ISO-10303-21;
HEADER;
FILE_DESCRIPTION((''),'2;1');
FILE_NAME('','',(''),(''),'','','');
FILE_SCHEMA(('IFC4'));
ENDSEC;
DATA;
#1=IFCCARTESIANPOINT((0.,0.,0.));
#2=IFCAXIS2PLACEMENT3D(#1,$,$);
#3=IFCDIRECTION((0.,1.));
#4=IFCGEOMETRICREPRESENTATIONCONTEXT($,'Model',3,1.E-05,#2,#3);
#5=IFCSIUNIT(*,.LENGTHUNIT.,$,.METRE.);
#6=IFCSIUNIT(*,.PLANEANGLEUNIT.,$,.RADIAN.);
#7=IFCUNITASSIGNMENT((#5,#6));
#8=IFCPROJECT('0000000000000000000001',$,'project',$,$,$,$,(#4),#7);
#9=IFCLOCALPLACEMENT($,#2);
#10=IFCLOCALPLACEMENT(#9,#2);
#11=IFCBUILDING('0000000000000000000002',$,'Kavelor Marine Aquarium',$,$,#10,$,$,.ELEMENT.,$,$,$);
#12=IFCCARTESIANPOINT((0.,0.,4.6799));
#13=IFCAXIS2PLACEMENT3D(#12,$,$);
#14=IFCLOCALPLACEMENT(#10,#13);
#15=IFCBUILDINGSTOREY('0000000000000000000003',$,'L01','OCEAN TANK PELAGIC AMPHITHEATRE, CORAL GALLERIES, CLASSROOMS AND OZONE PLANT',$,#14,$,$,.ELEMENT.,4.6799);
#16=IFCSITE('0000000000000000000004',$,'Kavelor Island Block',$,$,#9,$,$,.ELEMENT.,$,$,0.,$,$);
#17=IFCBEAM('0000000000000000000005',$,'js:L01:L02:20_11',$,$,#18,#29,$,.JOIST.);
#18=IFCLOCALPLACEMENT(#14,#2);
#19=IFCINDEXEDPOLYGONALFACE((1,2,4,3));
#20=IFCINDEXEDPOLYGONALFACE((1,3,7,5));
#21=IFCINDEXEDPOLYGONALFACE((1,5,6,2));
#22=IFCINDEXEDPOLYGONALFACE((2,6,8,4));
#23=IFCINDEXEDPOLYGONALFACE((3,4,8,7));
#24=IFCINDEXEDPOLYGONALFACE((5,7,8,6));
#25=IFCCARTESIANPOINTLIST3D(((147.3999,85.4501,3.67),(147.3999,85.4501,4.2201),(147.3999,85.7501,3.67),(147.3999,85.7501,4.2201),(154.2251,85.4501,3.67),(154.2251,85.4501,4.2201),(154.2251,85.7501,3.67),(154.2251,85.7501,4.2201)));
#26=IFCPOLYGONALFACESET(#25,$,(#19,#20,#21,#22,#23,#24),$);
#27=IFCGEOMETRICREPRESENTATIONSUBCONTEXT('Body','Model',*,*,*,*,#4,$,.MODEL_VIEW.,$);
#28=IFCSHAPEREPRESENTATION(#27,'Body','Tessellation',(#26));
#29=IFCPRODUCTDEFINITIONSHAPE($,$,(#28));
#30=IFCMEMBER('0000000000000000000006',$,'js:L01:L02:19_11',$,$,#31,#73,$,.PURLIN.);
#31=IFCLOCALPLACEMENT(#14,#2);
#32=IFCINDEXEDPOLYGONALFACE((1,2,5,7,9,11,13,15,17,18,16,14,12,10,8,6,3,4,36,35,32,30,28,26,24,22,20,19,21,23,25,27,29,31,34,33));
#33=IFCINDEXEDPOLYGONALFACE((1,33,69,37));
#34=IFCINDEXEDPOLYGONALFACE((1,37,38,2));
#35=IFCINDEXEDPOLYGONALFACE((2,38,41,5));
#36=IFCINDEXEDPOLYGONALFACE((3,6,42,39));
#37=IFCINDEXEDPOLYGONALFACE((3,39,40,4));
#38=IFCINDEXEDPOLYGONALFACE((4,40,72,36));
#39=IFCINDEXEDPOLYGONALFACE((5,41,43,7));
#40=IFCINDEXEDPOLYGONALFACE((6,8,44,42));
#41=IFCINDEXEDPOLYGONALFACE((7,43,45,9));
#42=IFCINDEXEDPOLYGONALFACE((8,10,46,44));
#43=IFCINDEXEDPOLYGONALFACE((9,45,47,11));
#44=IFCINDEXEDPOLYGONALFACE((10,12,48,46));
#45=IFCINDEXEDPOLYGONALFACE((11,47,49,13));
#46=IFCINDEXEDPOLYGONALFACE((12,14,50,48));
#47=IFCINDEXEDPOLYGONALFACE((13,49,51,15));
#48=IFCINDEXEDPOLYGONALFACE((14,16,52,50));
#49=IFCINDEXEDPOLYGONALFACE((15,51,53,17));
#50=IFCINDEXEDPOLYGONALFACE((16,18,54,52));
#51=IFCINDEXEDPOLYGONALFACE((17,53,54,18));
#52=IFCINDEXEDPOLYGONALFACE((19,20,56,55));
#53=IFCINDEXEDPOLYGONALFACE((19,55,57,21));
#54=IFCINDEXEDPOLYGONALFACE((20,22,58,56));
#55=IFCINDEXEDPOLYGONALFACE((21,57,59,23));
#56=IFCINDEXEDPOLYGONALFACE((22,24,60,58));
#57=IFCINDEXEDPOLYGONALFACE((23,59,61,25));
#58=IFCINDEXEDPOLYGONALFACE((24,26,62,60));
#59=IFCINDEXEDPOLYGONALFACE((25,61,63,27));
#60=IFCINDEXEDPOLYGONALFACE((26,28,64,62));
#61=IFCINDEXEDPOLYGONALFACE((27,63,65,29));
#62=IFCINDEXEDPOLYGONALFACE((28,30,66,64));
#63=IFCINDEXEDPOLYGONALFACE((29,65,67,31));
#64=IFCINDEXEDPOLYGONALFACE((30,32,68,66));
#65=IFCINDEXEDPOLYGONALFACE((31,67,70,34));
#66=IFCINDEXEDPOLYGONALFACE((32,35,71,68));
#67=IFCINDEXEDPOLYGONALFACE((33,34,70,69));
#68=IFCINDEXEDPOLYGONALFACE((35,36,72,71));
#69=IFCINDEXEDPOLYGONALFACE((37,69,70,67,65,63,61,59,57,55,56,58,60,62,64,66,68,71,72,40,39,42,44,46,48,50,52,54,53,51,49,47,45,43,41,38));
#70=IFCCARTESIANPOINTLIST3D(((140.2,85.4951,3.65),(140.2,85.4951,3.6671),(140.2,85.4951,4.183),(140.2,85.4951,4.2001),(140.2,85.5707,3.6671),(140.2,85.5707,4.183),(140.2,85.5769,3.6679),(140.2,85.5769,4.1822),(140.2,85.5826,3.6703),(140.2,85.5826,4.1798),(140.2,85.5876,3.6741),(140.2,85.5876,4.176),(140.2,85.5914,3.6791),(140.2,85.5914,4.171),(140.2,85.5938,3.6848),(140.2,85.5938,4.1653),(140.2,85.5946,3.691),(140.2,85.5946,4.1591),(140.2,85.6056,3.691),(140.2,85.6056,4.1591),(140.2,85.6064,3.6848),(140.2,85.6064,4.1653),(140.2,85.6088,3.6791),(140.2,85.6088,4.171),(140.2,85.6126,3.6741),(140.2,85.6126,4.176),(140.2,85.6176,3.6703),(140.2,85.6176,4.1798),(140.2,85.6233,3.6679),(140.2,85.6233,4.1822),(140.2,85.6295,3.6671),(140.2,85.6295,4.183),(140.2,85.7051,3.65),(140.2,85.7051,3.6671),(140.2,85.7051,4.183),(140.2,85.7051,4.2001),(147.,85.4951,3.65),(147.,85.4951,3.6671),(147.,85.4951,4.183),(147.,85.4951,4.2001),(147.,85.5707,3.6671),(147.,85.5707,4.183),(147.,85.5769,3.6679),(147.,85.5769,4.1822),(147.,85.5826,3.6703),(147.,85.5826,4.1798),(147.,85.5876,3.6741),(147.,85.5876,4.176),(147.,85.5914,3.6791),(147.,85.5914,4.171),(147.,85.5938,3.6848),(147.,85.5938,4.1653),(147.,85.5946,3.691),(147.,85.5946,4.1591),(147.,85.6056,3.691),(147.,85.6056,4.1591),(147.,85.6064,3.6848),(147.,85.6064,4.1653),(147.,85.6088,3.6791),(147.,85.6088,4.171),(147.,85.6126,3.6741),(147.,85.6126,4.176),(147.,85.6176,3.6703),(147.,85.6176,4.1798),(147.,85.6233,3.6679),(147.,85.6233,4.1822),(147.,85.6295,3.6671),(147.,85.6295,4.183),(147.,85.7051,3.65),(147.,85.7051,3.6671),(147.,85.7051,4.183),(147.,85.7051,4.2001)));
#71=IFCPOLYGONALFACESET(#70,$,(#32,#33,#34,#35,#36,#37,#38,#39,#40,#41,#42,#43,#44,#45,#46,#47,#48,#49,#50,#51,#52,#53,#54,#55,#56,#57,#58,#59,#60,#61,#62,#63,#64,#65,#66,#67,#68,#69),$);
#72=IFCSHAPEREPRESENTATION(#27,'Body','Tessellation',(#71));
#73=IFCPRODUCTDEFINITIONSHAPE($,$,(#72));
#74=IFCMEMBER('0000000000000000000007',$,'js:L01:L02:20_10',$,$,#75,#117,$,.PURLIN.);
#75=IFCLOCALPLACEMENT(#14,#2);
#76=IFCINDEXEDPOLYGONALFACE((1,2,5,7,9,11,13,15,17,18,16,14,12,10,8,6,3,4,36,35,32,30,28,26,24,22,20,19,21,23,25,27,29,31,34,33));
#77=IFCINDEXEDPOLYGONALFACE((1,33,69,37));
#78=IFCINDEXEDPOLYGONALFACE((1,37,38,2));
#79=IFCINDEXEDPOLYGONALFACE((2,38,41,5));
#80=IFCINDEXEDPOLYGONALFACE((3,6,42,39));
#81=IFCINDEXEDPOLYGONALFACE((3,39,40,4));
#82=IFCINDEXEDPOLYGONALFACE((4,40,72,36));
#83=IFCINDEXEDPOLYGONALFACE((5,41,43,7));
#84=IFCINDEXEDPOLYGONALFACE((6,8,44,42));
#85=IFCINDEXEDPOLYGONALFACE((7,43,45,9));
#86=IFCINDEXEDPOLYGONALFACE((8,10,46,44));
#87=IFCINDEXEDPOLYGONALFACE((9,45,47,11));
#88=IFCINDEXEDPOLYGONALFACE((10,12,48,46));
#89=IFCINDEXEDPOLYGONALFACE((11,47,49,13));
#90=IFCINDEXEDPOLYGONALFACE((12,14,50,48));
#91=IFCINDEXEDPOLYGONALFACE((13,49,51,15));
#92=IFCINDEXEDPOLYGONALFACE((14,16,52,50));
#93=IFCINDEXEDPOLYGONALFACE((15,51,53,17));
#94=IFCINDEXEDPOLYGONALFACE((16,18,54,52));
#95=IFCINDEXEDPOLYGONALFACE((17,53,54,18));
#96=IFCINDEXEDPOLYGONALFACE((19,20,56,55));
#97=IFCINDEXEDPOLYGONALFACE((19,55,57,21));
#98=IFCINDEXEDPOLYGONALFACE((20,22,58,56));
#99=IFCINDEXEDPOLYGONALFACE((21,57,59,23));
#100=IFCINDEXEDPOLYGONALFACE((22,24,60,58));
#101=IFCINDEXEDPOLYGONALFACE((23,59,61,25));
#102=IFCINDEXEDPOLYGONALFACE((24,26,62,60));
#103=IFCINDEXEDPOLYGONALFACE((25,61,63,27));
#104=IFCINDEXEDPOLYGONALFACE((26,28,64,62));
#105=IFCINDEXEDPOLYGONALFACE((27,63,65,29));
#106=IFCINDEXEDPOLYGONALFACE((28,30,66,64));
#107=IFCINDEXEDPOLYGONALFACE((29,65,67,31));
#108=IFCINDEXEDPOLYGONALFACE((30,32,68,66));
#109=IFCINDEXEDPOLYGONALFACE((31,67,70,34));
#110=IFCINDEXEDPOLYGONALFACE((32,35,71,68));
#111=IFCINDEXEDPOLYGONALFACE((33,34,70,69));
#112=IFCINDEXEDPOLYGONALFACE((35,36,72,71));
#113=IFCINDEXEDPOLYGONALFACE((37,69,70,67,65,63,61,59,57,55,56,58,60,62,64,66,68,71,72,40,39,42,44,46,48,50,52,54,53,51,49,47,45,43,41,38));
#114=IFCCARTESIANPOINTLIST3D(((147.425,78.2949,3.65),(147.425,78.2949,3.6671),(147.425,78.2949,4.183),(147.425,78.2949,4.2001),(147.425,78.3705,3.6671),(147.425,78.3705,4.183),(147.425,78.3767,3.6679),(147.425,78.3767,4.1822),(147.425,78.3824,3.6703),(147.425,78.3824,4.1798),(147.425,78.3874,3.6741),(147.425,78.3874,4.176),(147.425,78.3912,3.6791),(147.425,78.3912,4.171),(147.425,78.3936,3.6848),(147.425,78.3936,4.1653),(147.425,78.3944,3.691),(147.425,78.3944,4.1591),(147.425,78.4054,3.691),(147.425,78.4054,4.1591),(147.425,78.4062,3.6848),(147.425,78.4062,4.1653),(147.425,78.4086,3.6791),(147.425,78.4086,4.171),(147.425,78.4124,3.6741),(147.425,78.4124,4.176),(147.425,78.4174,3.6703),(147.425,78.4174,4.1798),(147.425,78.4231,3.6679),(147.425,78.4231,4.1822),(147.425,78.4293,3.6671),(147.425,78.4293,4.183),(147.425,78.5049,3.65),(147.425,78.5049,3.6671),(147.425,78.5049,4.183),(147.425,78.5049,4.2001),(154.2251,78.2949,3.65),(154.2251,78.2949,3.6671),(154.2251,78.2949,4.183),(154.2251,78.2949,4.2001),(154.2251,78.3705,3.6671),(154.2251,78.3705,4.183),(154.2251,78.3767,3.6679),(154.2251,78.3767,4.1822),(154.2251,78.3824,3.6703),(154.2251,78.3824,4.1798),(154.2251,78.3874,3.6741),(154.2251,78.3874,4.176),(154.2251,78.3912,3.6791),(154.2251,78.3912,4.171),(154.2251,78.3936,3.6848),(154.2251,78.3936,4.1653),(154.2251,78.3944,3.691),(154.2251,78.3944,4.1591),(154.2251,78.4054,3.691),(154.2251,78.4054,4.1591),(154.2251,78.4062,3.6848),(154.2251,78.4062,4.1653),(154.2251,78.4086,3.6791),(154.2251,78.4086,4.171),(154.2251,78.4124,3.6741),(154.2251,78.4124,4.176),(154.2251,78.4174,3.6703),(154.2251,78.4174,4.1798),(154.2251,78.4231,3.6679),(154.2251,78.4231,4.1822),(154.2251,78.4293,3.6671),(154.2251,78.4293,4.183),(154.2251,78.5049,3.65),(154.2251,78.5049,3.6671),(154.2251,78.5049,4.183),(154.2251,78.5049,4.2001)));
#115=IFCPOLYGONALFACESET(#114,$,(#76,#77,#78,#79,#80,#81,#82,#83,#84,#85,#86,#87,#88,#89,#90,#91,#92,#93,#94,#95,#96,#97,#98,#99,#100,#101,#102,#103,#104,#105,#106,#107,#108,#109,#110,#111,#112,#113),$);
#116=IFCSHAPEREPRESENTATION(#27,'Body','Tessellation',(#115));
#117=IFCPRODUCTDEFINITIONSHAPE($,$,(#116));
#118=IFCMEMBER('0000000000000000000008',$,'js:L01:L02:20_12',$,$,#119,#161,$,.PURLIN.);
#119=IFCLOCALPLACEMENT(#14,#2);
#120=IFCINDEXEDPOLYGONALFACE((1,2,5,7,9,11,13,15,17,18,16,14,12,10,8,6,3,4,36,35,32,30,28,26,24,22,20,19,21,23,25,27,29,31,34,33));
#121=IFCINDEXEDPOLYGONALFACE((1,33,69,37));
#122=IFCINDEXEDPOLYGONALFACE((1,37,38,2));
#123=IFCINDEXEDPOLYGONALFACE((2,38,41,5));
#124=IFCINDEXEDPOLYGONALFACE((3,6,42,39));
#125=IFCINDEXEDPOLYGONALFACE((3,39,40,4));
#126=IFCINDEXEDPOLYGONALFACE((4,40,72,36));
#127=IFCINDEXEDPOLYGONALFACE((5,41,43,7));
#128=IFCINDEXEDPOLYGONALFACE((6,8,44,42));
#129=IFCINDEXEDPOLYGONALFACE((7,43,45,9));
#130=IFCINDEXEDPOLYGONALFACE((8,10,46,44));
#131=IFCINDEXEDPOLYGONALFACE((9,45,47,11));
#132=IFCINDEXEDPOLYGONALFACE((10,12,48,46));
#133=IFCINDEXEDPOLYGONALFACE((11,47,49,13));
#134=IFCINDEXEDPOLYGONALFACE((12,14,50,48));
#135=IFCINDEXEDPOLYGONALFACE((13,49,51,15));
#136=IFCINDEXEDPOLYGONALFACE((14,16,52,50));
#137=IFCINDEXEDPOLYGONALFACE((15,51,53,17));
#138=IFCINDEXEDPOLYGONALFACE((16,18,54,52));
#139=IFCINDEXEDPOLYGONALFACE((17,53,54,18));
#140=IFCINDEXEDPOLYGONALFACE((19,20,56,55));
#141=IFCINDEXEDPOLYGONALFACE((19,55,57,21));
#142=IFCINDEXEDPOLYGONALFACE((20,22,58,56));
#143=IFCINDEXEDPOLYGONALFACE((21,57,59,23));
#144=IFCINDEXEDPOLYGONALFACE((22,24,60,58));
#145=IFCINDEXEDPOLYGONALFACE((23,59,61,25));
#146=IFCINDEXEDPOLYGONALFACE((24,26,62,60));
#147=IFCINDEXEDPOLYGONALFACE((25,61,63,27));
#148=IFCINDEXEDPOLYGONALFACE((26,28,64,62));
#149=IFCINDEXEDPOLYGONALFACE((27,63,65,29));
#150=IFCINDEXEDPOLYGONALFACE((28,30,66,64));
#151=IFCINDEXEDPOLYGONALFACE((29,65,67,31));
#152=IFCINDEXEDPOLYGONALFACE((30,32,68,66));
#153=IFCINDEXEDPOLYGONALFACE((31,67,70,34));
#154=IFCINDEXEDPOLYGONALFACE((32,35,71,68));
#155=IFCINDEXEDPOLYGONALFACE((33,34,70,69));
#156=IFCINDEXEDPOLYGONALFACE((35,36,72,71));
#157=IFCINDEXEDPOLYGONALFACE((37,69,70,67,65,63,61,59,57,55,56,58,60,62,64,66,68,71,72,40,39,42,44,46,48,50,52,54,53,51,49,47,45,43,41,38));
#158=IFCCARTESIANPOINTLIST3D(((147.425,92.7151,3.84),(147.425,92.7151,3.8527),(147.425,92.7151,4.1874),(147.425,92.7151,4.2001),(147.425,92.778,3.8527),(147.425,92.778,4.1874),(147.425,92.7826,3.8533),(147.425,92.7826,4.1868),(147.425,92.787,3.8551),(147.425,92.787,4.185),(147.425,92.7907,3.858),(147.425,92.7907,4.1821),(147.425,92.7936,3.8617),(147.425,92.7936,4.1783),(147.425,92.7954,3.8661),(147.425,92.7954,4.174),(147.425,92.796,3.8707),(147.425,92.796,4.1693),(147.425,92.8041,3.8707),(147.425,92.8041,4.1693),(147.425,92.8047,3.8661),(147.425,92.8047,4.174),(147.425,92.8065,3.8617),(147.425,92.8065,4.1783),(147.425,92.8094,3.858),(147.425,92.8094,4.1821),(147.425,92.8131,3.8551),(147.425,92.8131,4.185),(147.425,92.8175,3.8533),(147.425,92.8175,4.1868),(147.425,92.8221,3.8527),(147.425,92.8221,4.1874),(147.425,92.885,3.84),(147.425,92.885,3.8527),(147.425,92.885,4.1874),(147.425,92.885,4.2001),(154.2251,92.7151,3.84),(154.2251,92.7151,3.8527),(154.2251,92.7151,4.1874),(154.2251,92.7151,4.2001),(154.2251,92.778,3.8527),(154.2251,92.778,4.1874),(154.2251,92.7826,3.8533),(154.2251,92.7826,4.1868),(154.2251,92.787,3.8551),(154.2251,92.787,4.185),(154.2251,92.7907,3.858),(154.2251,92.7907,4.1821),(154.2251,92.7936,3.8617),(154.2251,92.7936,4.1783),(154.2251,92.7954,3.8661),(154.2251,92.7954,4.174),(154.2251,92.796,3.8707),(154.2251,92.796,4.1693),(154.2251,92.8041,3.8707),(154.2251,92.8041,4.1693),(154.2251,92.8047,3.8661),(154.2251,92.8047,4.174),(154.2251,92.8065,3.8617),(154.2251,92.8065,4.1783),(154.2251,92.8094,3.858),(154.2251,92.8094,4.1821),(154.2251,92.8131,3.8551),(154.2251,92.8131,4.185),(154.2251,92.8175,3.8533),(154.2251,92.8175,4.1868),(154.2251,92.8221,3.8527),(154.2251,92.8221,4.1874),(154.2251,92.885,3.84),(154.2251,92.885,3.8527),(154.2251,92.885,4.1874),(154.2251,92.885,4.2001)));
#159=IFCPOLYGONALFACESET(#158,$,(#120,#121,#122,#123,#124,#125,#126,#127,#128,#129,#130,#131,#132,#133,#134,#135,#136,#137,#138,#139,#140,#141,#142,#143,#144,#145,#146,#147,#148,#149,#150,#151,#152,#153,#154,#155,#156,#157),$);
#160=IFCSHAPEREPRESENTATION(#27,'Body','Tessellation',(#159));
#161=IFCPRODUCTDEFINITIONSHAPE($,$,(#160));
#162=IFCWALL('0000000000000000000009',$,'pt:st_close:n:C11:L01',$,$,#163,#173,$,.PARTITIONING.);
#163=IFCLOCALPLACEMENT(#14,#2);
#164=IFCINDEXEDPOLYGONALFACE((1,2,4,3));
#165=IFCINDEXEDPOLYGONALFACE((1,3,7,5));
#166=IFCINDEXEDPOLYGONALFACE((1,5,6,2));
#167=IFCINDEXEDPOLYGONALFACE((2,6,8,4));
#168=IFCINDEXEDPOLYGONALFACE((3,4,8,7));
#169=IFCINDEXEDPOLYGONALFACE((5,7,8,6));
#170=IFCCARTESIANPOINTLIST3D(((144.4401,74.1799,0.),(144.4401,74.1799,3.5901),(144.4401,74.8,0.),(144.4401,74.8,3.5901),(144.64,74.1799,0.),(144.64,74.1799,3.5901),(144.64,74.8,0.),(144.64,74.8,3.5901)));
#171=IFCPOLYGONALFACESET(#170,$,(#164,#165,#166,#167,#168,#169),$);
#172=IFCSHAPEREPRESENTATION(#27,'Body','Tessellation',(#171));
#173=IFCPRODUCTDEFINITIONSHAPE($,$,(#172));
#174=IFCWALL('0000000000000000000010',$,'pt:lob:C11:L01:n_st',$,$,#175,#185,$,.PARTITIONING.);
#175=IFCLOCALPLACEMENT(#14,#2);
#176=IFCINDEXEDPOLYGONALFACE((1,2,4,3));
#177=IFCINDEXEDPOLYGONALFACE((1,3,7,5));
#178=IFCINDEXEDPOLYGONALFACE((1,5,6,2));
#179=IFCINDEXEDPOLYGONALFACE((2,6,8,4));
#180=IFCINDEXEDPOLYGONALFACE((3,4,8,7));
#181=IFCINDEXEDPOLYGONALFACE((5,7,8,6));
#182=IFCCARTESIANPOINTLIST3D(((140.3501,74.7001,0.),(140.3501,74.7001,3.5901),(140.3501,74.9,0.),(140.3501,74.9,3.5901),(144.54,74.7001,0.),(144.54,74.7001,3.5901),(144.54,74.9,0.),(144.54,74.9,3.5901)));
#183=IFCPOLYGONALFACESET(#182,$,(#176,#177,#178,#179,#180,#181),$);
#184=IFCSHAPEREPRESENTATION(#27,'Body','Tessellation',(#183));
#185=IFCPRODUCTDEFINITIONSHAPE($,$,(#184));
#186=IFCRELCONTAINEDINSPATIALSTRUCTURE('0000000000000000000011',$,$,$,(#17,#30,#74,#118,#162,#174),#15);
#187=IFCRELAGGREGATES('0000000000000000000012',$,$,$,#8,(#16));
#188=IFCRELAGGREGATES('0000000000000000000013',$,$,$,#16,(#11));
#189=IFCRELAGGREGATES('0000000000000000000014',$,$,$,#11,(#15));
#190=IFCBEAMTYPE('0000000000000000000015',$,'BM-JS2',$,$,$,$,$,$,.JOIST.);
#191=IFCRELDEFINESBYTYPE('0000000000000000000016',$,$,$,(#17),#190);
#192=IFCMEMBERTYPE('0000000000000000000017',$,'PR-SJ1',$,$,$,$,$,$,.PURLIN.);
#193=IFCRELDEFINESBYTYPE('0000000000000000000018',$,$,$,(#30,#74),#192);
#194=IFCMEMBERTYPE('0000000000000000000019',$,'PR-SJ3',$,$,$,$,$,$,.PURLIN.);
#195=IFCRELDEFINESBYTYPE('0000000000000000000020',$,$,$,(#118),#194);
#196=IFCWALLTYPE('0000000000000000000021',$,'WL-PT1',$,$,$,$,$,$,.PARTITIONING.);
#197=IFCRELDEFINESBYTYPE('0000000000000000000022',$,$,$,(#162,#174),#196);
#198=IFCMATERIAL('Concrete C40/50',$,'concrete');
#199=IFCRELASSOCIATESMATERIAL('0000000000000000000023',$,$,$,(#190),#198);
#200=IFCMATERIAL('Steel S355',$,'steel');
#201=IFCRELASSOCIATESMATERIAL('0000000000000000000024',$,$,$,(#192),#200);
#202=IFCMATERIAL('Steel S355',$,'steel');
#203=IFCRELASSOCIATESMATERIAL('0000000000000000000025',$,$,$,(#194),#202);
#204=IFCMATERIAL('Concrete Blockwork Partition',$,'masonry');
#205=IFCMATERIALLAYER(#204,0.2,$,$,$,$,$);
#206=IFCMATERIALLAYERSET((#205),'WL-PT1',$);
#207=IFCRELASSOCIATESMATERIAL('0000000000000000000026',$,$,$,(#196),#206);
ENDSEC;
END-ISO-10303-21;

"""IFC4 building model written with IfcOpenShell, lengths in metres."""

from ifc_helpers import new_model, si_unit, direction, frame, frame_2d, origin, origin_2d, place, context, subcontext, project, spatial, rectangle, i_section, extrude, material, layer, layer_set, material_profile, profile_set, type_object, element, save


model = new_model("IFC4")

# Units and contexts
model_context = context("Model", 3, precision=1e-05, world=origin(), true_north=direction((0.0, 1.0)))
body_context = subcontext(model_context, "Body", "Model", "MODEL_VIEW")
ifc_project = project(units=[si_unit("LENGTHUNIT", "METRE"), si_unit("PLANEANGLEUNIT", "RADIAN")], contexts=[model_context])

# Site, building, storey
site_placement = place(None, origin())
site = spatial("IfcSite", under=ifc_project, at=site_placement, Name="Kavelor Island Block", CompositionType="ELEMENT", RefElevation=0.0)
building_placement = place(site_placement, origin())
building = spatial("IfcBuilding", under=site, at=building_placement, Name="Kavelor Marine Aquarium", CompositionType="ELEMENT")
storey_placement = place(building_placement, frame((0.0, 0.0, 4.6799)))
storey = spatial("IfcBuildingStorey", under=building, at=storey_placement, Name="L01", Description="OCEAN TANK PELAGIC AMPHITHEATRE, CORAL GALLERIES, CLASSROOMS AND OZONE PLANT", CompositionType="ELEMENT", Elevation=4.6799)

# Beam
ifc_material_1 = material(Name="Concrete C40/50", Category="concrete")
ifc_material_profile_1 = material_profile(ifc_material_1, rectangle(XDim=0.3, YDim=0.55, at=origin_2d()), Name="RC-JS 300x550")
ifc_profile_set_1 = profile_set([ifc_material_profile_1], Name="Concrete C40/50")
beam_type_1 = type_object("IfcBeamType", Name="BM-JS2", PredefinedType="JOIST", material=ifc_profile_set_1)
beam_placement = place(storey_placement, frame((147.3999, 85.6001, 3.9451), z_axis=(1.0, 0.0, 0.0), x_axis=(0.0, 1.0, 0.0)))
element("IfcBeam", 1, at=beam_placement, inside=storey, type_object=beam_type_1, Name="js:L01:L02:20_11", PredefinedType="JOIST", context=body_context, shape_type="SweptSolid", body=[
    extrude(rectangle(XDim=0.3, YDim=0.55, at=origin_2d()), origin(), (0.0, 0.0, 1.0), 6.8252),
])

# Members
ifc_material_2 = material(Name="Steel S355", Category="steel")
ifc_material_profile_2 = material_profile(ifc_material_2, i_section(OverallWidth=0.21, OverallDepth=0.55, WebThickness=0.011, FlangeThickness=0.0171, FilletRadius=0.0239, at=origin_2d()), Name="IPE 550")
ifc_profile_set_2 = profile_set([ifc_material_profile_2], Name="Steel S355")
member_type_1 = type_object("IfcMemberType", Name="PR-SJ1", PredefinedType="PURLIN", material=ifc_profile_set_2)
for number, where, z_axis, x_axis, name in (
    (2, (140.2, 85.6001, 3.925), (1.0, 0.0, 0.0), (0.0, 1.0, 0.0), "js:L01:L02:19_11"),
    (3, (147.425, 78.3999, 3.925), (1.0, 0.0, 0.0), (0.0, 1.0, 0.0), "js:L01:L02:20_10"),
):
    element("IfcMember", number, at=place(storey_placement, frame(where, z_axis=z_axis, x_axis=x_axis)), inside=storey, type_object=member_type_1, Name=name, PredefinedType="PURLIN", context=body_context, shape_type="SweptSolid", body=[
        extrude(i_section(OverallWidth=0.21, OverallDepth=0.55, WebThickness=0.011, FlangeThickness=0.0171, FilletRadius=0.0239, at=origin_2d()), origin(), (0.0, 0.0, 1.0), 6.8),
    ])
ifc_material_3 = material(Name="Steel S355", Category="steel")
ifc_material_profile_3 = material_profile(ifc_material_3, i_section(OverallWidth=0.1699, OverallDepth=0.3601, WebThickness=0.0081, FlangeThickness=0.0127, FilletRadius=0.0181, at=origin_2d()), Name="IPE 360")
ifc_profile_set_3 = profile_set([ifc_material_profile_3], Name="Steel S355")
member_type_2 = type_object("IfcMemberType", Name="PR-SJ3", PredefinedType="PURLIN", material=ifc_profile_set_3)
member_placement = place(storey_placement, frame((147.425, 92.8, 4.02), z_axis=(1.0, 0.0, 0.0), x_axis=(0.0, 1.0, 0.0)))
element("IfcMember", 4, at=member_placement, inside=storey, type_object=member_type_2, Name="js:L01:L02:20_12", PredefinedType="PURLIN", context=body_context, shape_type="SweptSolid", body=[
    extrude(i_section(OverallWidth=0.1699, OverallDepth=0.3601, WebThickness=0.0081, FlangeThickness=0.0127, FilletRadius=0.0181, at=origin_2d()), origin(), (0.0, 0.0, 1.0), 6.8),
])

# Walls
ifc_material_4 = material(Name="Concrete Blockwork Partition", Category="masonry")
ifc_layer_1 = layer(ifc_material_4, 0.2)
ifc_layer_set_1 = layer_set([ifc_layer_1], Name="WL-PT1")
wall_type_1 = type_object("IfcWallType", Name="WL-PT1", PredefinedType="PARTITIONING", material=ifc_layer_set_1)
wall_1_placement = place(storey_placement, frame((144.54, 74.1799, 0.0), z_axis=(0.0, 0.0, 1.0), x_axis=(0.0, 1.0, 0.0)))
element("IfcWall", 5, at=wall_1_placement, inside=storey, type_object=wall_type_1, Name="pt:st_close:n:C11:L01", PredefinedType="PARTITIONING", context=body_context, shape_type="SweptSolid", body=[
    extrude(rectangle(XDim=0.6201, YDim=0.2, at=frame_2d((0.3101, 0.0))), origin(), (0.0, 0.0, 1.0), 3.5901),
])
wall_2_placement = place(storey_placement, frame((140.3501, 74.8, 0.0), z_axis=(0.0, 0.0, 1.0), x_axis=(1.0, 0.0, 0.0)))
element("IfcWall", 6, at=wall_2_placement, inside=storey, type_object=wall_type_1, Name="pt:lob:C11:L01:n_st", PredefinedType="PARTITIONING", context=body_context, shape_type="SweptSolid", body=[
    extrude(rectangle(XDim=4.1899, YDim=0.2, at=frame_2d((2.095, 0.0))), origin(), (0.0, 0.0, 1.0), 3.5901),
])

save(model, "model.ifc")
